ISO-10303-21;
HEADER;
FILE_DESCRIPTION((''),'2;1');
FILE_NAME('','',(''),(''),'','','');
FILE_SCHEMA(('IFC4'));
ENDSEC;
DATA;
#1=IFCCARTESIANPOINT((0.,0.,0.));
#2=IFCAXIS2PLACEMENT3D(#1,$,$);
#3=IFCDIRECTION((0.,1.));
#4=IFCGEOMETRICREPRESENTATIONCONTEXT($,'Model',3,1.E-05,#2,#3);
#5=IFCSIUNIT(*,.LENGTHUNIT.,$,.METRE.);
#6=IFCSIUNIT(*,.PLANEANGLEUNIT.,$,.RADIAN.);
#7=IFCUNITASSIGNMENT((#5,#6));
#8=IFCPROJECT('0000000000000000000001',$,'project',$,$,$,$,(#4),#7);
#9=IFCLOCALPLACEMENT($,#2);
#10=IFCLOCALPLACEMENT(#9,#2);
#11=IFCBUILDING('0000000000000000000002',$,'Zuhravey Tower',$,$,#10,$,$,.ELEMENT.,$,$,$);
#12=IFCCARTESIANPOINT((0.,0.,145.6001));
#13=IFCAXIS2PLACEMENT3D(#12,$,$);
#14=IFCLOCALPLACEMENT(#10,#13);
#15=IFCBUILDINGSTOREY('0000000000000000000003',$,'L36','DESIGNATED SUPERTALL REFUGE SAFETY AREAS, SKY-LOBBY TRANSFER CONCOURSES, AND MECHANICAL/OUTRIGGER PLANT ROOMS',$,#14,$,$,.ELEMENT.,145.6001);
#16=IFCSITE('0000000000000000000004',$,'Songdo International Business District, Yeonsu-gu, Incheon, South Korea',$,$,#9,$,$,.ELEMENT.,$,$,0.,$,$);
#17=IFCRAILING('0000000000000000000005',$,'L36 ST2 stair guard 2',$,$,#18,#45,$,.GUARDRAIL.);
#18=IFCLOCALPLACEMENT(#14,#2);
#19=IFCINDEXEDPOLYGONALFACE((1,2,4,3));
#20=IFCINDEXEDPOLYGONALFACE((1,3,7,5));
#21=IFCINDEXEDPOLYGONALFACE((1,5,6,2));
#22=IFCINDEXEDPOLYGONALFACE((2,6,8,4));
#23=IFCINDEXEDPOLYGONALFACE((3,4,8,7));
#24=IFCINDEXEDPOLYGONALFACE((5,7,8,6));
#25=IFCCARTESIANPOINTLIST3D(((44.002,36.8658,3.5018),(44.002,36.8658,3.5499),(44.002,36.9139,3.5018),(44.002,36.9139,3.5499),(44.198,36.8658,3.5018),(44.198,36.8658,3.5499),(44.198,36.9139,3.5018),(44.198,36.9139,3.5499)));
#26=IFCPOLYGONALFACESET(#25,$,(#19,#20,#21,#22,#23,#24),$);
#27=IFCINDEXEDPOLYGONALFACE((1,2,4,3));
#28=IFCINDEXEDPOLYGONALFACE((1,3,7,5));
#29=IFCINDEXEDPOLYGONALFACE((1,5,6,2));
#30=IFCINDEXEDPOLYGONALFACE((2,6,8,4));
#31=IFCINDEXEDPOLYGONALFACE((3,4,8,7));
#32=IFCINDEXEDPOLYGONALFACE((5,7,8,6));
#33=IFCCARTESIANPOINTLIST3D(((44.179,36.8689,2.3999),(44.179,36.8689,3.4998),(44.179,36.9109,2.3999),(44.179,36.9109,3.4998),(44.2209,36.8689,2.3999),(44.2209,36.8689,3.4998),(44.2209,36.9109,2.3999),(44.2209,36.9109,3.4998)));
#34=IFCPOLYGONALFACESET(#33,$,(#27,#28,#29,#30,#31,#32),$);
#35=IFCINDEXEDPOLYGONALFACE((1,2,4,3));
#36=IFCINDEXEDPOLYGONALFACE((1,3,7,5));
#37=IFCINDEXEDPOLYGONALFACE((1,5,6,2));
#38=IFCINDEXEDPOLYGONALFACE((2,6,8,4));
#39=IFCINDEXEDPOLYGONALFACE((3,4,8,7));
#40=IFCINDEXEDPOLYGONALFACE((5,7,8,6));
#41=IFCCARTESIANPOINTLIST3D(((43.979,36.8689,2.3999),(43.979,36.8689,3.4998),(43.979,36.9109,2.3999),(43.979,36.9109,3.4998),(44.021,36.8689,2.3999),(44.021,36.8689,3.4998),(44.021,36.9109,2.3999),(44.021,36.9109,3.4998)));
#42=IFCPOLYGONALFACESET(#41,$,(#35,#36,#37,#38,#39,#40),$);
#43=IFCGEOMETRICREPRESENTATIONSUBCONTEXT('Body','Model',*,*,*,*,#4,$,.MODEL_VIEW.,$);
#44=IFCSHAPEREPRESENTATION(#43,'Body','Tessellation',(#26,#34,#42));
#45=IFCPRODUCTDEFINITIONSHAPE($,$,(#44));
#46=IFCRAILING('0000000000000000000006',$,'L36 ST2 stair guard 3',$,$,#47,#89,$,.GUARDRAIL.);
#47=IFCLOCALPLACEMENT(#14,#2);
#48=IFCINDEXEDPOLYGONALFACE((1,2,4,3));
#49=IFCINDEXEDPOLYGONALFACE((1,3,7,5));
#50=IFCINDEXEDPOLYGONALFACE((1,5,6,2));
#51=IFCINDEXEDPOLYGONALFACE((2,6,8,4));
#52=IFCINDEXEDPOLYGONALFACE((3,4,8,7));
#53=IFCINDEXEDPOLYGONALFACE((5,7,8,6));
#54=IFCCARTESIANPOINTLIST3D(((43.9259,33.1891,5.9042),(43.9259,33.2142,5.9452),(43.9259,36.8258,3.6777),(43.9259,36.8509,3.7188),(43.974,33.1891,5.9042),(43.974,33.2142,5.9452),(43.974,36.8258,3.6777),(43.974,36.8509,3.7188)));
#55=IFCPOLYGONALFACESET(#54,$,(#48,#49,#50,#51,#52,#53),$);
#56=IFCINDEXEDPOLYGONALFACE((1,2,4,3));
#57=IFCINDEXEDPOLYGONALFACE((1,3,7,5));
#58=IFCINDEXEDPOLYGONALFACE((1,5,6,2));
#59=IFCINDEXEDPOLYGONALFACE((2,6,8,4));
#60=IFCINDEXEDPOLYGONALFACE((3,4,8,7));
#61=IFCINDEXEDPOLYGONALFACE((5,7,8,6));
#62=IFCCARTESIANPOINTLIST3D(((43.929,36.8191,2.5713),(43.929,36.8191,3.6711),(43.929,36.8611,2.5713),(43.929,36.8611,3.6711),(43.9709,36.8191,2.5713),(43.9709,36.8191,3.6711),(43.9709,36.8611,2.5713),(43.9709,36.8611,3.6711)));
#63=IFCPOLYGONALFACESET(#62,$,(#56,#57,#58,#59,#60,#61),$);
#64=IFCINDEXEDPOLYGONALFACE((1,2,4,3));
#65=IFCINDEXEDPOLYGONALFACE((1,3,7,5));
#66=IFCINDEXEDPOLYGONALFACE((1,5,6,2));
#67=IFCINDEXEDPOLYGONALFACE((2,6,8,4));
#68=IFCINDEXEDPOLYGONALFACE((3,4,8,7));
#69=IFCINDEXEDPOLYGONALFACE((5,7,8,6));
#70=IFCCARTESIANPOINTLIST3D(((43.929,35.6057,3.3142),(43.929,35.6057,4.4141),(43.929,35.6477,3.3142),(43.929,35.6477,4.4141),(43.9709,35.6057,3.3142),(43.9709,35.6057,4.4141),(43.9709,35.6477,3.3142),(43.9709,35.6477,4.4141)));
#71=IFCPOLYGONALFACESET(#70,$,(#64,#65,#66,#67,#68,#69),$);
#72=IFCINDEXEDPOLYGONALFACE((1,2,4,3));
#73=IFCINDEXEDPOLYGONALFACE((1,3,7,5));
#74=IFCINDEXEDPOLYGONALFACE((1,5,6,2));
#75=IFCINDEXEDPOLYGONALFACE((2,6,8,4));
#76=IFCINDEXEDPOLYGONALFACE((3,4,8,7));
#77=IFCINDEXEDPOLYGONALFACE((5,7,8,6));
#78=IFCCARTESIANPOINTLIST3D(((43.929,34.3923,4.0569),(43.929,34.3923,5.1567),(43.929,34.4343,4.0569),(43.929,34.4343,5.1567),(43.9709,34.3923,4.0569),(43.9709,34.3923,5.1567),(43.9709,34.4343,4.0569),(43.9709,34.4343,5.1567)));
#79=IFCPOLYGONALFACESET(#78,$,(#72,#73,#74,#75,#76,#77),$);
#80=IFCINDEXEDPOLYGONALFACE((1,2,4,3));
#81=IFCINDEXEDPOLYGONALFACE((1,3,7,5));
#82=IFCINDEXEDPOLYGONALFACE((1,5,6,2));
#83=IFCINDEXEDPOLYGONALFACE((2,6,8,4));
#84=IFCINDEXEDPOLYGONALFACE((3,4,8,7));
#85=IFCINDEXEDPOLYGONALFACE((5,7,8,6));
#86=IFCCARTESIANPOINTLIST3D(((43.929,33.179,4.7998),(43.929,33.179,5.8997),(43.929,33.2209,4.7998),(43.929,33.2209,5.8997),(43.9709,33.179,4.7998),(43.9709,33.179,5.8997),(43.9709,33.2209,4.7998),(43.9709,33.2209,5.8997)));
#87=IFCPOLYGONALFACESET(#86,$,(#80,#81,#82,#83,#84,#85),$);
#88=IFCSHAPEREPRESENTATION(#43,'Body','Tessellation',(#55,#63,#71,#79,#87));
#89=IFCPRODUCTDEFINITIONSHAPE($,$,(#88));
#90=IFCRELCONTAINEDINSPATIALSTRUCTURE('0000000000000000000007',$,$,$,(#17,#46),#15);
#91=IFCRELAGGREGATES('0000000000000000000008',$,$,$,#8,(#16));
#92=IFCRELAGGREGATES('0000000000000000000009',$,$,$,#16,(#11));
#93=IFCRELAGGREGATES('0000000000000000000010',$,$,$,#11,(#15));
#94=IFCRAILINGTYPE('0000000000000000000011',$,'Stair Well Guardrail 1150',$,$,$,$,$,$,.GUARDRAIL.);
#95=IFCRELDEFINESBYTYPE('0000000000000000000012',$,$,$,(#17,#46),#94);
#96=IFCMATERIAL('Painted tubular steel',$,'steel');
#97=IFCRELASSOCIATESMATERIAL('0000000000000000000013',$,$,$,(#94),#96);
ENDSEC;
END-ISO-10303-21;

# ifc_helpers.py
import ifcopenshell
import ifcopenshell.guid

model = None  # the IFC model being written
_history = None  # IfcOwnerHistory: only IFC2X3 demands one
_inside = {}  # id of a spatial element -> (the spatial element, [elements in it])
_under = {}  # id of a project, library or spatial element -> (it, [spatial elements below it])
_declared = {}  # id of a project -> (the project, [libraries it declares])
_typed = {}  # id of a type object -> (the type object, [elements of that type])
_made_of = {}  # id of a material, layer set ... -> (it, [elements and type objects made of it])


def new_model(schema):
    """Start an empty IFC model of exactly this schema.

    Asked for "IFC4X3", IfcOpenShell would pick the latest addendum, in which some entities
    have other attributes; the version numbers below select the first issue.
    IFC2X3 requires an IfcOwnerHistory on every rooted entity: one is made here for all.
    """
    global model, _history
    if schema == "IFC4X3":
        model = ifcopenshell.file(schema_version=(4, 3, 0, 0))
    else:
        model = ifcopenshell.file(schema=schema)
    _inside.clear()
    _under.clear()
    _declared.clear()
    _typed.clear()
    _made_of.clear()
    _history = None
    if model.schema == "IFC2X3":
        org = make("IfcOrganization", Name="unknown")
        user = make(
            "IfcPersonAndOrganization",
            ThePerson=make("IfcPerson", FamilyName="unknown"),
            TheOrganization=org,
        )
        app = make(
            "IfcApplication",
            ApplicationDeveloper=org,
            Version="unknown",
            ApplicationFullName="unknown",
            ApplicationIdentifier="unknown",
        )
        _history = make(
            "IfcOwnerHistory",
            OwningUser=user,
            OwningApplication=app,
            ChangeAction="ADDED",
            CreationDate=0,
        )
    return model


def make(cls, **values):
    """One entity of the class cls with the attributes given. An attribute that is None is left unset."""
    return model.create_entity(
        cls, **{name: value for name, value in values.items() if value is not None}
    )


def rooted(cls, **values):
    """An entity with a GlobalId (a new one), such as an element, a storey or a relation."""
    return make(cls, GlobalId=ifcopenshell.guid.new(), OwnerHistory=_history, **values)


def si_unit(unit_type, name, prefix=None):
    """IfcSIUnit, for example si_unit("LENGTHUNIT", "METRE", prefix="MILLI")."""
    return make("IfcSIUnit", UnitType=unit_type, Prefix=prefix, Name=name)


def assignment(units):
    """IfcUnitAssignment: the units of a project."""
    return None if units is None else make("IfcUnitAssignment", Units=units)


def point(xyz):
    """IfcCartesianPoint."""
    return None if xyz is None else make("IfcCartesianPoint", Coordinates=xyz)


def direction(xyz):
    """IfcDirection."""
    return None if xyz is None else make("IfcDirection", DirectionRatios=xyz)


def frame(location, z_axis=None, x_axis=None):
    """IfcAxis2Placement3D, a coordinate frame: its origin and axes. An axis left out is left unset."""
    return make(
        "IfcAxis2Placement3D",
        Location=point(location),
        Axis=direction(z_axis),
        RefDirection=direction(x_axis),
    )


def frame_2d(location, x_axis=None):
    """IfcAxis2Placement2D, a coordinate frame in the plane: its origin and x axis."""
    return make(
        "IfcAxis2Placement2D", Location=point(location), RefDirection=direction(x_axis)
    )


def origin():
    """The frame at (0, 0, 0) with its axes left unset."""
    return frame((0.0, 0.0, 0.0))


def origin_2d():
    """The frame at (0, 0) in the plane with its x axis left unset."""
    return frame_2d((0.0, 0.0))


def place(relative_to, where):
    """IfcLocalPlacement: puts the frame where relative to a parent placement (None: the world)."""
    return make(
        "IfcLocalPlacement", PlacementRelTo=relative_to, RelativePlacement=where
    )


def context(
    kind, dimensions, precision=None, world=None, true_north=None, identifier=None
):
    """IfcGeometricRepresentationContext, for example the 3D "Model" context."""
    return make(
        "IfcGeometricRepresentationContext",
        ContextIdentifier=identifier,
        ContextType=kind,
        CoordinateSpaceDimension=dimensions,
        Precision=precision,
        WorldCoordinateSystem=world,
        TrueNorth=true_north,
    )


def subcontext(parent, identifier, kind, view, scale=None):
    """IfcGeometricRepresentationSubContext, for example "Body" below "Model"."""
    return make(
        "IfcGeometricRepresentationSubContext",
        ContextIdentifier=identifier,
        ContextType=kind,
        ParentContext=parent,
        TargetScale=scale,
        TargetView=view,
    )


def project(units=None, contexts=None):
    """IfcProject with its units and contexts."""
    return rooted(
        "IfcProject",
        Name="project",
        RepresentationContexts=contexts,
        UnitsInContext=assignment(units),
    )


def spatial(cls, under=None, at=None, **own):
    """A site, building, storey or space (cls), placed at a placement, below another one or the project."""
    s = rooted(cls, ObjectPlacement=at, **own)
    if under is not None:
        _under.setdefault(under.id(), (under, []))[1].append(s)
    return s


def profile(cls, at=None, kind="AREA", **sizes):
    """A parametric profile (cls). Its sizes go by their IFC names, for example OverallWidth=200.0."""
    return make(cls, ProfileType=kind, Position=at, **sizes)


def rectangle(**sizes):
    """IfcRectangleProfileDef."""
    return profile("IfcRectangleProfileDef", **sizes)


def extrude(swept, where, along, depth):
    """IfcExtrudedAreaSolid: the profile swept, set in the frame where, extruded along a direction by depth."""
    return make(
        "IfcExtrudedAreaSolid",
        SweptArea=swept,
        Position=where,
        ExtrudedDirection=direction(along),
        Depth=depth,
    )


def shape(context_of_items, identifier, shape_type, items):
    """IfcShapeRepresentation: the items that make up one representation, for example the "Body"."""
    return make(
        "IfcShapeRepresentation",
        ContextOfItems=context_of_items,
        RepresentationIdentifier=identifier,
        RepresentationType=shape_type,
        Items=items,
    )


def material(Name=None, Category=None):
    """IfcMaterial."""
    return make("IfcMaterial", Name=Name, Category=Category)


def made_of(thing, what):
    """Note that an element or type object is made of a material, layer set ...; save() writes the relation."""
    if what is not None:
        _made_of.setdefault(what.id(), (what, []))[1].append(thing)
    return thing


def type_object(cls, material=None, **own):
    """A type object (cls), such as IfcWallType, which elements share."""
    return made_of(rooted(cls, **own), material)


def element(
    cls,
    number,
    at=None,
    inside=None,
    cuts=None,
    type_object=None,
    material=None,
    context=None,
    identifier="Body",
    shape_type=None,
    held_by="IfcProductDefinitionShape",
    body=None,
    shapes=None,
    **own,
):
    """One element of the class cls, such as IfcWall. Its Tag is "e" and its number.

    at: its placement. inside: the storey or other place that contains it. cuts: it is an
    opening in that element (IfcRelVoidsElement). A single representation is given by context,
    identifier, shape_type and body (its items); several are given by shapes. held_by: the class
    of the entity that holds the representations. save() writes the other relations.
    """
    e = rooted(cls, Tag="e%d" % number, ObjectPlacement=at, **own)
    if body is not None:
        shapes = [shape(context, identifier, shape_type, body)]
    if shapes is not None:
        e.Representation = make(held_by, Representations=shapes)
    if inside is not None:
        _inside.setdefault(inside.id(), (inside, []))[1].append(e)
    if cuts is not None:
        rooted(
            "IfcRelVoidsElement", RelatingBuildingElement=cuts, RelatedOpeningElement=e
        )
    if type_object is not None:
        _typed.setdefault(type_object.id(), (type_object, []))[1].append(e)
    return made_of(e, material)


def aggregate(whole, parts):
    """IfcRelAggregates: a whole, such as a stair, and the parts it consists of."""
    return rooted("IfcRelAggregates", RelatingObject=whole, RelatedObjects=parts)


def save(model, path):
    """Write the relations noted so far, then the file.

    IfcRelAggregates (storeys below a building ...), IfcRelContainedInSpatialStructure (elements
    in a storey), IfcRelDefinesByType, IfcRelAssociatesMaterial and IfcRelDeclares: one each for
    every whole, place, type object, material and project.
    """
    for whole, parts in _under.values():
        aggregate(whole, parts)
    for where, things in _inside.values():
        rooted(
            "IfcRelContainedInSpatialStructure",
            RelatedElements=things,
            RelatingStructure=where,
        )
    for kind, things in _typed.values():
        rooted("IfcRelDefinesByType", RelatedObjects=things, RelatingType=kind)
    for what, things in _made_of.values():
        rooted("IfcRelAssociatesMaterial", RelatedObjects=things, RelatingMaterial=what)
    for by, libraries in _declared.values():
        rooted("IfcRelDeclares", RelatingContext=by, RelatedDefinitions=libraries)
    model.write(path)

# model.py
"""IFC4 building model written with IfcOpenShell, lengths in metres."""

from ifc_helpers import new_model, si_unit, direction, frame, origin, origin_2d, place, context, subcontext, project, spatial, rectangle, extrude, material, type_object, element, save


model = new_model("IFC4")

# Units and contexts
model_context = context("Model", 3, precision=1e-05, world=origin(), true_north=direction((0.0, 1.0)))
body_context = subcontext(model_context, "Body", "Model", "MODEL_VIEW")
ifc_project = project(units=[si_unit("LENGTHUNIT", "METRE"), si_unit("PLANEANGLEUNIT", "RADIAN")], contexts=[model_context])

# Site, building, storey
site_placement = place(None, origin())
site = spatial("IfcSite", under=ifc_project, at=site_placement, Name="Songdo International Business District, Yeonsu-gu, Incheon, South Korea", CompositionType="ELEMENT", RefElevation=0.0)
building_placement = place(site_placement, origin())
building = spatial("IfcBuilding", under=site, at=building_placement, Name="Zuhravey Tower", CompositionType="ELEMENT")
storey_placement = place(building_placement, frame((0.0, 0.0, 145.6001)))
storey = spatial("IfcBuildingStorey", under=building, at=storey_placement, Name="L36", Description="DESIGNATED SUPERTALL REFUGE SAFETY AREAS, SKY-LOBBY TRANSFER CONCOURSES, AND MECHANICAL/OUTRIGGER PLANT ROOMS", CompositionType="ELEMENT", Elevation=145.6001)

# Railings
ifc_material_1 = material(Name="Painted tubular steel", Category="steel")
railing_type_1 = type_object("IfcRailingType", Name="Stair Well Guardrail 1150", PredefinedType="GUARDRAIL", material=ifc_material_1)
railing_1_placement = place(storey_placement, frame((44.2, 36.8899, 2.3999)))
element("IfcRailing", 1, at=railing_1_placement, inside=storey, type_object=railing_type_1, Name="L36 ST2 stair guard 2", PredefinedType="GUARDRAIL", context=body_context, shape_type="SweptSolid", body=[
    extrude(rectangle(XDim=0.0481, YDim=0.0481, at=origin_2d()), frame((-0.002, 0.0, 1.126), z_axis=(-1.0, 0.0, 0.0), x_axis=(0.0, -1.0, 0.0)), (0.0, 0.0, 1.0), 0.196),
    extrude(rectangle(XDim=0.042, YDim=0.042, at=origin_2d()), origin(), (0.0, 0.0, 1.0), 1.0999),
    extrude(rectangle(XDim=0.042, YDim=0.042, at=origin_2d()), frame((-0.2, 0.0, 0.0)), (0.0, 0.0, 1.0), 1.0999),
])
railing_2_placement = place(storey_placement, frame((43.95, 36.8401, 2.5713)))
element("IfcRailing", 2, at=railing_2_placement, inside=storey, type_object=railing_type_1, Name="L36 ST2 stair guard 3", PredefinedType="GUARDRAIL", context=body_context, shape_type="SweptSolid", body=[
    extrude(rectangle(XDim=0.0481, YDim=0.0481, at=origin_2d()), frame((0.0, -0.0017, 1.127), z_axis=(0.0, -0.852866, 0.52213), x_axis=(1.0, 0.0, 0.0)), (0.0, 0.0, 1.0), 4.2642),
    extrude(rectangle(XDim=0.042, YDim=0.042, at=origin_2d()), origin(), (0.0, 0.0, 1.0), 1.0999),
    extrude(rectangle(XDim=0.042, YDim=0.042, at=origin_2d()), frame((0.0, -1.2134, 0.7429)), (0.0, 0.0, 1.0), 1.0999),
    extrude(rectangle(XDim=0.042, YDim=0.042, at=origin_2d()), frame((0.0, -2.4268, 1.4856)), (0.0, 0.0, 1.0), 1.0999),
    extrude(rectangle(XDim=0.042, YDim=0.042, at=origin_2d()), frame((0.0, -3.6401, 2.2285)), (0.0, 0.0, 1.0), 1.0999),
])

save(model, "model.ifc")
